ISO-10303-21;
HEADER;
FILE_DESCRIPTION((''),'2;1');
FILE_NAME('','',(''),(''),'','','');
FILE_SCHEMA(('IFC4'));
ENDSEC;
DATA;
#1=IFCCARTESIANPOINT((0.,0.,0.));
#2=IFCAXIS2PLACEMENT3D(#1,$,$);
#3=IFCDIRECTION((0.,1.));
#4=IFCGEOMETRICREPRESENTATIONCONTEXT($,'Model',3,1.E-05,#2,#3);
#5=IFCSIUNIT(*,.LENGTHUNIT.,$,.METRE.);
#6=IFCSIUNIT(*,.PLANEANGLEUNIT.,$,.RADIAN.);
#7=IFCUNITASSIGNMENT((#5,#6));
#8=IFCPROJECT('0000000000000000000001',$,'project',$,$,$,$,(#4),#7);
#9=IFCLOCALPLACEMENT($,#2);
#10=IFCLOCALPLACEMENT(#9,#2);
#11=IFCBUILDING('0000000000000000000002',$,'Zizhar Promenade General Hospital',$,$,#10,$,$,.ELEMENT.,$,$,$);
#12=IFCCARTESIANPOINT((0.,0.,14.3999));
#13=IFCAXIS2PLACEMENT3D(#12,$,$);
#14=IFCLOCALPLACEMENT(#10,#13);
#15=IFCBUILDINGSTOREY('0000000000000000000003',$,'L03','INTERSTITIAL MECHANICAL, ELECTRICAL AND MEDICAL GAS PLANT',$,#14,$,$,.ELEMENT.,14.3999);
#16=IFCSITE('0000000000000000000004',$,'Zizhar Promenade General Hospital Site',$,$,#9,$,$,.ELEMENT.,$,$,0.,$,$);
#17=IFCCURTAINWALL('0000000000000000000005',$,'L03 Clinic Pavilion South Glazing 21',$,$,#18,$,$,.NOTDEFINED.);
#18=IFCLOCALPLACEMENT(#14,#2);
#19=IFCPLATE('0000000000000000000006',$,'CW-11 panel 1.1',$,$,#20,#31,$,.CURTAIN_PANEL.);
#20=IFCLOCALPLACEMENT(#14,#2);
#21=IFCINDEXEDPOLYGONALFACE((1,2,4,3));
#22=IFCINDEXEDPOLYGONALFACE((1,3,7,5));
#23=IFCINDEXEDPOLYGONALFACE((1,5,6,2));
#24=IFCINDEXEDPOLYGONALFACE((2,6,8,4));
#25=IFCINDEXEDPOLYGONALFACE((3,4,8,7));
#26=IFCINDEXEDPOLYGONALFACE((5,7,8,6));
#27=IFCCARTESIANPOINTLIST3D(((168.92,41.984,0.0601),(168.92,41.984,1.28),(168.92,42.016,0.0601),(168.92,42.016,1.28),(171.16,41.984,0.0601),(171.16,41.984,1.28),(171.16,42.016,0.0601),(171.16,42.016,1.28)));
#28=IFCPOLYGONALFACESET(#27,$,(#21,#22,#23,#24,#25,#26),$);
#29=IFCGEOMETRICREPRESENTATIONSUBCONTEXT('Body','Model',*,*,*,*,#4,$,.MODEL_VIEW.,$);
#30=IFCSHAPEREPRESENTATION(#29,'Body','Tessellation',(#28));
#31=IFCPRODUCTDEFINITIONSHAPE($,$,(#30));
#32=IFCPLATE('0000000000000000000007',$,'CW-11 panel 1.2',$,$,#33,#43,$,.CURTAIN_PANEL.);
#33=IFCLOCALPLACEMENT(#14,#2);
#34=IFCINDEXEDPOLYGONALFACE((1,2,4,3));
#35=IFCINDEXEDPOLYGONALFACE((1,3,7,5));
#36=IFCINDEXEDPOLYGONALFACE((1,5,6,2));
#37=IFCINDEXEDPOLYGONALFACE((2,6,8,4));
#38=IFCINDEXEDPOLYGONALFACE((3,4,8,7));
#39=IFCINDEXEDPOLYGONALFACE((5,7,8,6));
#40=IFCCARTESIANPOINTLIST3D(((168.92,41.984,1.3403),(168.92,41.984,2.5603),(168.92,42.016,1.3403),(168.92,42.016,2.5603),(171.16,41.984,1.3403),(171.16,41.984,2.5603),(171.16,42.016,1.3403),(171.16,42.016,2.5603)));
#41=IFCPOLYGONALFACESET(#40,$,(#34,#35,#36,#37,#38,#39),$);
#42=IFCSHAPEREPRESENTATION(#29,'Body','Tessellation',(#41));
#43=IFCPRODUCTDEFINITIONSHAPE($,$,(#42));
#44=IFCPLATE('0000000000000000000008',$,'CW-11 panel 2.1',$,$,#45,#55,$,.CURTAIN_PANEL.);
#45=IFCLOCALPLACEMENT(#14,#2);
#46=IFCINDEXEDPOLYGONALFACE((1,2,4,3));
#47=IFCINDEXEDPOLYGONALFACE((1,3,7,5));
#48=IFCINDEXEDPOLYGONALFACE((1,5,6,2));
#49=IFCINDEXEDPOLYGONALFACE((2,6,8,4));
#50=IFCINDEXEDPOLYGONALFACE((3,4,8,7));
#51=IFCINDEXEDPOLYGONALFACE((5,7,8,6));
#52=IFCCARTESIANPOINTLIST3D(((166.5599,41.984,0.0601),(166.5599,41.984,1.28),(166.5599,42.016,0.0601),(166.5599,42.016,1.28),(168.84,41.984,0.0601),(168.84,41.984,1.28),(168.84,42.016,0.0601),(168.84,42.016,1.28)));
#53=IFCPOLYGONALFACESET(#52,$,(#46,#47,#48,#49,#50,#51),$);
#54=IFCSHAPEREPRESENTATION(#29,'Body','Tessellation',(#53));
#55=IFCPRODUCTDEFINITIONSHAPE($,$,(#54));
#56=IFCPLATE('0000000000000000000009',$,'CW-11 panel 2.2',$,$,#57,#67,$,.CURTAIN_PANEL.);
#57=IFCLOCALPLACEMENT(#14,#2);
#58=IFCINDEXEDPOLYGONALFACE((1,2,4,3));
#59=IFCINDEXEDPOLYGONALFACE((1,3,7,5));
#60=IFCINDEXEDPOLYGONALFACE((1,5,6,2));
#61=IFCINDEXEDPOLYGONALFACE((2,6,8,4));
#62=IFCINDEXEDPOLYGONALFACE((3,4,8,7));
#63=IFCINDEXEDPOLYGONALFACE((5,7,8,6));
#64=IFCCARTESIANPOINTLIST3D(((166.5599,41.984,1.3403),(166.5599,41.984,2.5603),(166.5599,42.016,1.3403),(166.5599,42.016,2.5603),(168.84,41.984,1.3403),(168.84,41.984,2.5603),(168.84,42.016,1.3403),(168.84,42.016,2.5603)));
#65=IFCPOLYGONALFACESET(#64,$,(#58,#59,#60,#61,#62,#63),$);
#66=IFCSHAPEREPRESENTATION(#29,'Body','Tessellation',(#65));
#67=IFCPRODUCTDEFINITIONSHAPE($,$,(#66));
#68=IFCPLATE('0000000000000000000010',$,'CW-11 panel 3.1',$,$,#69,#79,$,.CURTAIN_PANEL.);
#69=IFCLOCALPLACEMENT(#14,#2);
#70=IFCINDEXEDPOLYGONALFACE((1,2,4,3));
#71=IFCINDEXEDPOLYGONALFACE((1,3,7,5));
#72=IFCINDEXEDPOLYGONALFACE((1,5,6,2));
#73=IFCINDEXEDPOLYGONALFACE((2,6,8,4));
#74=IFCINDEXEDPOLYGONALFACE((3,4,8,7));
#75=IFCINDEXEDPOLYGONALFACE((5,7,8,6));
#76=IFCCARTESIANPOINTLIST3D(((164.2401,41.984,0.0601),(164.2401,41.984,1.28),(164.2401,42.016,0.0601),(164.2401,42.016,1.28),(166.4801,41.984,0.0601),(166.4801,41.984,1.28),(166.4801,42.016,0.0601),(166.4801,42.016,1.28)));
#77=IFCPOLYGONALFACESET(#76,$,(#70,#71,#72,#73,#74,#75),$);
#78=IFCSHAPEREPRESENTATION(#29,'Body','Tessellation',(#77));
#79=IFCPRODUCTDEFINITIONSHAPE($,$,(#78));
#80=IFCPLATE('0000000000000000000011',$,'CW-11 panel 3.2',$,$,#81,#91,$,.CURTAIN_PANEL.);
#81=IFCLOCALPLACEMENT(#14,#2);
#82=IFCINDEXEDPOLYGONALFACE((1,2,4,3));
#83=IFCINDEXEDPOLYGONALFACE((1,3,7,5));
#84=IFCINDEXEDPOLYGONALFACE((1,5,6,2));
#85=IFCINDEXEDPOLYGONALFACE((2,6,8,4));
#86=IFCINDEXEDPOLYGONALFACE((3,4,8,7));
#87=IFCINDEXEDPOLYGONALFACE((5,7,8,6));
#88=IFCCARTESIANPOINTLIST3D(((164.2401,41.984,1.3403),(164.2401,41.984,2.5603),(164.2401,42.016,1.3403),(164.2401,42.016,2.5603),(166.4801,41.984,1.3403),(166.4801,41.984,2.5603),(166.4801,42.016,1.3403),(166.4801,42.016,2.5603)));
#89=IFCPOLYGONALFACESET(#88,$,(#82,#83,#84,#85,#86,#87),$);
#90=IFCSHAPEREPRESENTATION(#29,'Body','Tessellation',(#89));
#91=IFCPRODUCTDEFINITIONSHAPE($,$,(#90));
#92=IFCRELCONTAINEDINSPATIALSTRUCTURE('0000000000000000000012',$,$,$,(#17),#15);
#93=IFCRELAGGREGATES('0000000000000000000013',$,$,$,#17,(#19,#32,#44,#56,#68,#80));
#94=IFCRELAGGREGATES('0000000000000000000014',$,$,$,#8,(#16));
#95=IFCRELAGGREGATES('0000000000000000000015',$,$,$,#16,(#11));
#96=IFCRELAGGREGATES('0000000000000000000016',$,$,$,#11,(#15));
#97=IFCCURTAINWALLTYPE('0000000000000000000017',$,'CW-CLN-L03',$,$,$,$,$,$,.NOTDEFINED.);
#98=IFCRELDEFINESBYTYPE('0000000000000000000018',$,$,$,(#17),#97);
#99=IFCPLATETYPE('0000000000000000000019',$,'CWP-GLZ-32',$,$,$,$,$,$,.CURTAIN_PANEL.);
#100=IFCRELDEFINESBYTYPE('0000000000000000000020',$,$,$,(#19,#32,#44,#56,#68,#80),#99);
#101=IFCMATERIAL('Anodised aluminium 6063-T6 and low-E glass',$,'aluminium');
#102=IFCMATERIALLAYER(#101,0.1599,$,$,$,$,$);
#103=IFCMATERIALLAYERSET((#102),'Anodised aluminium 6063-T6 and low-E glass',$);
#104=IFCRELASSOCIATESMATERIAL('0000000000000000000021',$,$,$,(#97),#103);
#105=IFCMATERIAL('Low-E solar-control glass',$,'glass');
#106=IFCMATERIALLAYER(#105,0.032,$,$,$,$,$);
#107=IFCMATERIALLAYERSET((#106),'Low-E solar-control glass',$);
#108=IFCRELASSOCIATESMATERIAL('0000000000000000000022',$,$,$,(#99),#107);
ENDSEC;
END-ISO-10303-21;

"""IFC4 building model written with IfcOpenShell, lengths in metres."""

from ifc_helpers import new_model, si_unit, direction, frame, origin, origin_2d, place, context, subcontext, project, spatial, rectangle, extrude, material, layer, layer_set, type_object, element, aggregate, save


model = new_model("IFC4")

# Units and contexts
model_context = context("Model", 3, precision=1e-05, world=origin(), true_north=direction((0.0, 1.0)))
body_context = subcontext(model_context, "Body", "Model", "MODEL_VIEW")
ifc_project = project(units=[si_unit("LENGTHUNIT", "METRE"), si_unit("PLANEANGLEUNIT", "RADIAN")], contexts=[model_context])

# Site, building, storey
site_placement = place(None, origin())
site = spatial("IfcSite", under=ifc_project, at=site_placement, Name="Zizhar Promenade General Hospital Site", CompositionType="ELEMENT", RefElevation=0.0)
building_placement = place(site_placement, origin())
building = spatial("IfcBuilding", under=site, at=building_placement, Name="Zizhar Promenade General Hospital", CompositionType="ELEMENT")
storey_placement = place(building_placement, frame((0.0, 0.0, 14.3999)))
storey = spatial("IfcBuildingStorey", under=building, at=storey_placement, Name="L03", Description="INTERSTITIAL MECHANICAL, ELECTRICAL AND MEDICAL GAS PLANT", CompositionType="ELEMENT", Elevation=14.3999)

# Shared definitions
ifc_material_1 = material(Name="Anodised aluminium 6063-T6 and low-E glass", Category="aluminium")
ifc_layer_1 = layer(ifc_material_1, 0.1599)
ifc_layer_set_1 = layer_set([ifc_layer_1], Name="Anodised aluminium 6063-T6 and low-E glass")
curtain_wall_type = type_object("IfcCurtainWallType", Name="CW-CLN-L03", PredefinedType="NOTDEFINED", material=ifc_layer_set_1)

# Curtain wall
curtain_wall_1_placement = place(storey_placement, origin())
curtain_wall_1 = element("IfcCurtainWall", 1, at=curtain_wall_1_placement, inside=storey, type_object=curtain_wall_type, Name="L03 Clinic Pavilion South Glazing 21", PredefinedType="NOTDEFINED")

# Plates
ifc_material_2 = material(Name="Low-E solar-control glass", Category="glass")
ifc_layer_2 = layer(ifc_material_2, 0.032)
ifc_layer_set_2 = layer_set([ifc_layer_2], Name="Low-E solar-control glass")
plate_type = type_object("IfcPlateType", Name="CWP-GLZ-32", PredefinedType="CURTAIN_PANEL", material=ifc_layer_set_2)
plate_1_placement = place(storey_placement, frame((170.04, 42.0, 0.0601), z_axis=(0.0, 0.0, 1.0), x_axis=(-1.0, 0.0, 0.0)))
plate_1 = element("IfcPlate", 2, at=plate_1_placement, type_object=plate_type, Name="CW-11 panel 1.1", PredefinedType="CURTAIN_PANEL", context=body_context, shape_type="SweptSolid", body=[
    extrude(rectangle(XDim=2.24, YDim=0.032, at=origin_2d()), origin(), (0.0, 0.0, 1.0), 1.22),
])
plate_2_placement = place(storey_placement, frame((170.04, 42.0, 1.3403), z_axis=(0.0, 0.0, 1.0), x_axis=(-1.0, 0.0, 0.0)))
plate_2 = element("IfcPlate", 3, at=plate_2_placement, type_object=plate_type, Name="CW-11 panel 1.2", PredefinedType="CURTAIN_PANEL", context=body_context, shape_type="SweptSolid", body=[
    extrude(rectangle(XDim=2.24, YDim=0.032, at=origin_2d()), origin(), (0.0, 0.0, 1.0), 1.22),
])
plate_3_placement = place(storey_placement, frame((167.7, 42.0, 0.0601), z_axis=(0.0, 0.0, 1.0), x_axis=(-1.0, 0.0, 0.0)))
plate_3 = element("IfcPlate", 4, at=plate_3_placement, type_object=plate_type, Name="CW-11 panel 2.1", PredefinedType="CURTAIN_PANEL", context=body_context, shape_type="SweptSolid", body=[
    extrude(rectangle(XDim=2.28, YDim=0.032, at=origin_2d()), origin(), (0.0, 0.0, 1.0), 1.22),
])
plate_4_placement = place(storey_placement, frame((167.7, 42.0, 1.3403), z_axis=(0.0, 0.0, 1.0), x_axis=(-1.0, 0.0, 0.0)))
plate_4 = element("IfcPlate", 5, at=plate_4_placement, type_object=plate_type, Name="CW-11 panel 2.2", PredefinedType="CURTAIN_PANEL", context=body_context, shape_type="SweptSolid", body=[
    extrude(rectangle(XDim=2.28, YDim=0.032, at=origin_2d()), origin(), (0.0, 0.0, 1.0), 1.22),
])
plate_5_placement = place(storey_placement, frame((165.3601, 42.0, 0.0601), z_axis=(0.0, 0.0, 1.0), x_axis=(-1.0, 0.0, 0.0)))
plate_5 = element("IfcPlate", 6, at=plate_5_placement, type_object=plate_type, Name="CW-11 panel 3.1", PredefinedType="CURTAIN_PANEL", context=body_context, shape_type="SweptSolid", body=[
    extrude(rectangle(XDim=2.24, YDim=0.032, at=origin_2d()), origin(), (0.0, 0.0, 1.0), 1.22),
])
plate_6_placement = place(storey_placement, frame((165.3601, 42.0, 1.3403), z_axis=(0.0, 0.0, 1.0), x_axis=(-1.0, 0.0, 0.0)))
plate_6 = element("IfcPlate", 7, at=plate_6_placement, type_object=plate_type, Name="CW-11 panel 3.2", PredefinedType="CURTAIN_PANEL", context=body_context, shape_type="SweptSolid", body=[
    extrude(rectangle(XDim=2.24, YDim=0.032, at=origin_2d()), origin(), (0.0, 0.0, 1.0), 1.22),
])
aggregate(curtain_wall_1, [plate_1, plate_2, plate_3, plate_4, plate_5, plate_6])

save(model, "model.ifc")
